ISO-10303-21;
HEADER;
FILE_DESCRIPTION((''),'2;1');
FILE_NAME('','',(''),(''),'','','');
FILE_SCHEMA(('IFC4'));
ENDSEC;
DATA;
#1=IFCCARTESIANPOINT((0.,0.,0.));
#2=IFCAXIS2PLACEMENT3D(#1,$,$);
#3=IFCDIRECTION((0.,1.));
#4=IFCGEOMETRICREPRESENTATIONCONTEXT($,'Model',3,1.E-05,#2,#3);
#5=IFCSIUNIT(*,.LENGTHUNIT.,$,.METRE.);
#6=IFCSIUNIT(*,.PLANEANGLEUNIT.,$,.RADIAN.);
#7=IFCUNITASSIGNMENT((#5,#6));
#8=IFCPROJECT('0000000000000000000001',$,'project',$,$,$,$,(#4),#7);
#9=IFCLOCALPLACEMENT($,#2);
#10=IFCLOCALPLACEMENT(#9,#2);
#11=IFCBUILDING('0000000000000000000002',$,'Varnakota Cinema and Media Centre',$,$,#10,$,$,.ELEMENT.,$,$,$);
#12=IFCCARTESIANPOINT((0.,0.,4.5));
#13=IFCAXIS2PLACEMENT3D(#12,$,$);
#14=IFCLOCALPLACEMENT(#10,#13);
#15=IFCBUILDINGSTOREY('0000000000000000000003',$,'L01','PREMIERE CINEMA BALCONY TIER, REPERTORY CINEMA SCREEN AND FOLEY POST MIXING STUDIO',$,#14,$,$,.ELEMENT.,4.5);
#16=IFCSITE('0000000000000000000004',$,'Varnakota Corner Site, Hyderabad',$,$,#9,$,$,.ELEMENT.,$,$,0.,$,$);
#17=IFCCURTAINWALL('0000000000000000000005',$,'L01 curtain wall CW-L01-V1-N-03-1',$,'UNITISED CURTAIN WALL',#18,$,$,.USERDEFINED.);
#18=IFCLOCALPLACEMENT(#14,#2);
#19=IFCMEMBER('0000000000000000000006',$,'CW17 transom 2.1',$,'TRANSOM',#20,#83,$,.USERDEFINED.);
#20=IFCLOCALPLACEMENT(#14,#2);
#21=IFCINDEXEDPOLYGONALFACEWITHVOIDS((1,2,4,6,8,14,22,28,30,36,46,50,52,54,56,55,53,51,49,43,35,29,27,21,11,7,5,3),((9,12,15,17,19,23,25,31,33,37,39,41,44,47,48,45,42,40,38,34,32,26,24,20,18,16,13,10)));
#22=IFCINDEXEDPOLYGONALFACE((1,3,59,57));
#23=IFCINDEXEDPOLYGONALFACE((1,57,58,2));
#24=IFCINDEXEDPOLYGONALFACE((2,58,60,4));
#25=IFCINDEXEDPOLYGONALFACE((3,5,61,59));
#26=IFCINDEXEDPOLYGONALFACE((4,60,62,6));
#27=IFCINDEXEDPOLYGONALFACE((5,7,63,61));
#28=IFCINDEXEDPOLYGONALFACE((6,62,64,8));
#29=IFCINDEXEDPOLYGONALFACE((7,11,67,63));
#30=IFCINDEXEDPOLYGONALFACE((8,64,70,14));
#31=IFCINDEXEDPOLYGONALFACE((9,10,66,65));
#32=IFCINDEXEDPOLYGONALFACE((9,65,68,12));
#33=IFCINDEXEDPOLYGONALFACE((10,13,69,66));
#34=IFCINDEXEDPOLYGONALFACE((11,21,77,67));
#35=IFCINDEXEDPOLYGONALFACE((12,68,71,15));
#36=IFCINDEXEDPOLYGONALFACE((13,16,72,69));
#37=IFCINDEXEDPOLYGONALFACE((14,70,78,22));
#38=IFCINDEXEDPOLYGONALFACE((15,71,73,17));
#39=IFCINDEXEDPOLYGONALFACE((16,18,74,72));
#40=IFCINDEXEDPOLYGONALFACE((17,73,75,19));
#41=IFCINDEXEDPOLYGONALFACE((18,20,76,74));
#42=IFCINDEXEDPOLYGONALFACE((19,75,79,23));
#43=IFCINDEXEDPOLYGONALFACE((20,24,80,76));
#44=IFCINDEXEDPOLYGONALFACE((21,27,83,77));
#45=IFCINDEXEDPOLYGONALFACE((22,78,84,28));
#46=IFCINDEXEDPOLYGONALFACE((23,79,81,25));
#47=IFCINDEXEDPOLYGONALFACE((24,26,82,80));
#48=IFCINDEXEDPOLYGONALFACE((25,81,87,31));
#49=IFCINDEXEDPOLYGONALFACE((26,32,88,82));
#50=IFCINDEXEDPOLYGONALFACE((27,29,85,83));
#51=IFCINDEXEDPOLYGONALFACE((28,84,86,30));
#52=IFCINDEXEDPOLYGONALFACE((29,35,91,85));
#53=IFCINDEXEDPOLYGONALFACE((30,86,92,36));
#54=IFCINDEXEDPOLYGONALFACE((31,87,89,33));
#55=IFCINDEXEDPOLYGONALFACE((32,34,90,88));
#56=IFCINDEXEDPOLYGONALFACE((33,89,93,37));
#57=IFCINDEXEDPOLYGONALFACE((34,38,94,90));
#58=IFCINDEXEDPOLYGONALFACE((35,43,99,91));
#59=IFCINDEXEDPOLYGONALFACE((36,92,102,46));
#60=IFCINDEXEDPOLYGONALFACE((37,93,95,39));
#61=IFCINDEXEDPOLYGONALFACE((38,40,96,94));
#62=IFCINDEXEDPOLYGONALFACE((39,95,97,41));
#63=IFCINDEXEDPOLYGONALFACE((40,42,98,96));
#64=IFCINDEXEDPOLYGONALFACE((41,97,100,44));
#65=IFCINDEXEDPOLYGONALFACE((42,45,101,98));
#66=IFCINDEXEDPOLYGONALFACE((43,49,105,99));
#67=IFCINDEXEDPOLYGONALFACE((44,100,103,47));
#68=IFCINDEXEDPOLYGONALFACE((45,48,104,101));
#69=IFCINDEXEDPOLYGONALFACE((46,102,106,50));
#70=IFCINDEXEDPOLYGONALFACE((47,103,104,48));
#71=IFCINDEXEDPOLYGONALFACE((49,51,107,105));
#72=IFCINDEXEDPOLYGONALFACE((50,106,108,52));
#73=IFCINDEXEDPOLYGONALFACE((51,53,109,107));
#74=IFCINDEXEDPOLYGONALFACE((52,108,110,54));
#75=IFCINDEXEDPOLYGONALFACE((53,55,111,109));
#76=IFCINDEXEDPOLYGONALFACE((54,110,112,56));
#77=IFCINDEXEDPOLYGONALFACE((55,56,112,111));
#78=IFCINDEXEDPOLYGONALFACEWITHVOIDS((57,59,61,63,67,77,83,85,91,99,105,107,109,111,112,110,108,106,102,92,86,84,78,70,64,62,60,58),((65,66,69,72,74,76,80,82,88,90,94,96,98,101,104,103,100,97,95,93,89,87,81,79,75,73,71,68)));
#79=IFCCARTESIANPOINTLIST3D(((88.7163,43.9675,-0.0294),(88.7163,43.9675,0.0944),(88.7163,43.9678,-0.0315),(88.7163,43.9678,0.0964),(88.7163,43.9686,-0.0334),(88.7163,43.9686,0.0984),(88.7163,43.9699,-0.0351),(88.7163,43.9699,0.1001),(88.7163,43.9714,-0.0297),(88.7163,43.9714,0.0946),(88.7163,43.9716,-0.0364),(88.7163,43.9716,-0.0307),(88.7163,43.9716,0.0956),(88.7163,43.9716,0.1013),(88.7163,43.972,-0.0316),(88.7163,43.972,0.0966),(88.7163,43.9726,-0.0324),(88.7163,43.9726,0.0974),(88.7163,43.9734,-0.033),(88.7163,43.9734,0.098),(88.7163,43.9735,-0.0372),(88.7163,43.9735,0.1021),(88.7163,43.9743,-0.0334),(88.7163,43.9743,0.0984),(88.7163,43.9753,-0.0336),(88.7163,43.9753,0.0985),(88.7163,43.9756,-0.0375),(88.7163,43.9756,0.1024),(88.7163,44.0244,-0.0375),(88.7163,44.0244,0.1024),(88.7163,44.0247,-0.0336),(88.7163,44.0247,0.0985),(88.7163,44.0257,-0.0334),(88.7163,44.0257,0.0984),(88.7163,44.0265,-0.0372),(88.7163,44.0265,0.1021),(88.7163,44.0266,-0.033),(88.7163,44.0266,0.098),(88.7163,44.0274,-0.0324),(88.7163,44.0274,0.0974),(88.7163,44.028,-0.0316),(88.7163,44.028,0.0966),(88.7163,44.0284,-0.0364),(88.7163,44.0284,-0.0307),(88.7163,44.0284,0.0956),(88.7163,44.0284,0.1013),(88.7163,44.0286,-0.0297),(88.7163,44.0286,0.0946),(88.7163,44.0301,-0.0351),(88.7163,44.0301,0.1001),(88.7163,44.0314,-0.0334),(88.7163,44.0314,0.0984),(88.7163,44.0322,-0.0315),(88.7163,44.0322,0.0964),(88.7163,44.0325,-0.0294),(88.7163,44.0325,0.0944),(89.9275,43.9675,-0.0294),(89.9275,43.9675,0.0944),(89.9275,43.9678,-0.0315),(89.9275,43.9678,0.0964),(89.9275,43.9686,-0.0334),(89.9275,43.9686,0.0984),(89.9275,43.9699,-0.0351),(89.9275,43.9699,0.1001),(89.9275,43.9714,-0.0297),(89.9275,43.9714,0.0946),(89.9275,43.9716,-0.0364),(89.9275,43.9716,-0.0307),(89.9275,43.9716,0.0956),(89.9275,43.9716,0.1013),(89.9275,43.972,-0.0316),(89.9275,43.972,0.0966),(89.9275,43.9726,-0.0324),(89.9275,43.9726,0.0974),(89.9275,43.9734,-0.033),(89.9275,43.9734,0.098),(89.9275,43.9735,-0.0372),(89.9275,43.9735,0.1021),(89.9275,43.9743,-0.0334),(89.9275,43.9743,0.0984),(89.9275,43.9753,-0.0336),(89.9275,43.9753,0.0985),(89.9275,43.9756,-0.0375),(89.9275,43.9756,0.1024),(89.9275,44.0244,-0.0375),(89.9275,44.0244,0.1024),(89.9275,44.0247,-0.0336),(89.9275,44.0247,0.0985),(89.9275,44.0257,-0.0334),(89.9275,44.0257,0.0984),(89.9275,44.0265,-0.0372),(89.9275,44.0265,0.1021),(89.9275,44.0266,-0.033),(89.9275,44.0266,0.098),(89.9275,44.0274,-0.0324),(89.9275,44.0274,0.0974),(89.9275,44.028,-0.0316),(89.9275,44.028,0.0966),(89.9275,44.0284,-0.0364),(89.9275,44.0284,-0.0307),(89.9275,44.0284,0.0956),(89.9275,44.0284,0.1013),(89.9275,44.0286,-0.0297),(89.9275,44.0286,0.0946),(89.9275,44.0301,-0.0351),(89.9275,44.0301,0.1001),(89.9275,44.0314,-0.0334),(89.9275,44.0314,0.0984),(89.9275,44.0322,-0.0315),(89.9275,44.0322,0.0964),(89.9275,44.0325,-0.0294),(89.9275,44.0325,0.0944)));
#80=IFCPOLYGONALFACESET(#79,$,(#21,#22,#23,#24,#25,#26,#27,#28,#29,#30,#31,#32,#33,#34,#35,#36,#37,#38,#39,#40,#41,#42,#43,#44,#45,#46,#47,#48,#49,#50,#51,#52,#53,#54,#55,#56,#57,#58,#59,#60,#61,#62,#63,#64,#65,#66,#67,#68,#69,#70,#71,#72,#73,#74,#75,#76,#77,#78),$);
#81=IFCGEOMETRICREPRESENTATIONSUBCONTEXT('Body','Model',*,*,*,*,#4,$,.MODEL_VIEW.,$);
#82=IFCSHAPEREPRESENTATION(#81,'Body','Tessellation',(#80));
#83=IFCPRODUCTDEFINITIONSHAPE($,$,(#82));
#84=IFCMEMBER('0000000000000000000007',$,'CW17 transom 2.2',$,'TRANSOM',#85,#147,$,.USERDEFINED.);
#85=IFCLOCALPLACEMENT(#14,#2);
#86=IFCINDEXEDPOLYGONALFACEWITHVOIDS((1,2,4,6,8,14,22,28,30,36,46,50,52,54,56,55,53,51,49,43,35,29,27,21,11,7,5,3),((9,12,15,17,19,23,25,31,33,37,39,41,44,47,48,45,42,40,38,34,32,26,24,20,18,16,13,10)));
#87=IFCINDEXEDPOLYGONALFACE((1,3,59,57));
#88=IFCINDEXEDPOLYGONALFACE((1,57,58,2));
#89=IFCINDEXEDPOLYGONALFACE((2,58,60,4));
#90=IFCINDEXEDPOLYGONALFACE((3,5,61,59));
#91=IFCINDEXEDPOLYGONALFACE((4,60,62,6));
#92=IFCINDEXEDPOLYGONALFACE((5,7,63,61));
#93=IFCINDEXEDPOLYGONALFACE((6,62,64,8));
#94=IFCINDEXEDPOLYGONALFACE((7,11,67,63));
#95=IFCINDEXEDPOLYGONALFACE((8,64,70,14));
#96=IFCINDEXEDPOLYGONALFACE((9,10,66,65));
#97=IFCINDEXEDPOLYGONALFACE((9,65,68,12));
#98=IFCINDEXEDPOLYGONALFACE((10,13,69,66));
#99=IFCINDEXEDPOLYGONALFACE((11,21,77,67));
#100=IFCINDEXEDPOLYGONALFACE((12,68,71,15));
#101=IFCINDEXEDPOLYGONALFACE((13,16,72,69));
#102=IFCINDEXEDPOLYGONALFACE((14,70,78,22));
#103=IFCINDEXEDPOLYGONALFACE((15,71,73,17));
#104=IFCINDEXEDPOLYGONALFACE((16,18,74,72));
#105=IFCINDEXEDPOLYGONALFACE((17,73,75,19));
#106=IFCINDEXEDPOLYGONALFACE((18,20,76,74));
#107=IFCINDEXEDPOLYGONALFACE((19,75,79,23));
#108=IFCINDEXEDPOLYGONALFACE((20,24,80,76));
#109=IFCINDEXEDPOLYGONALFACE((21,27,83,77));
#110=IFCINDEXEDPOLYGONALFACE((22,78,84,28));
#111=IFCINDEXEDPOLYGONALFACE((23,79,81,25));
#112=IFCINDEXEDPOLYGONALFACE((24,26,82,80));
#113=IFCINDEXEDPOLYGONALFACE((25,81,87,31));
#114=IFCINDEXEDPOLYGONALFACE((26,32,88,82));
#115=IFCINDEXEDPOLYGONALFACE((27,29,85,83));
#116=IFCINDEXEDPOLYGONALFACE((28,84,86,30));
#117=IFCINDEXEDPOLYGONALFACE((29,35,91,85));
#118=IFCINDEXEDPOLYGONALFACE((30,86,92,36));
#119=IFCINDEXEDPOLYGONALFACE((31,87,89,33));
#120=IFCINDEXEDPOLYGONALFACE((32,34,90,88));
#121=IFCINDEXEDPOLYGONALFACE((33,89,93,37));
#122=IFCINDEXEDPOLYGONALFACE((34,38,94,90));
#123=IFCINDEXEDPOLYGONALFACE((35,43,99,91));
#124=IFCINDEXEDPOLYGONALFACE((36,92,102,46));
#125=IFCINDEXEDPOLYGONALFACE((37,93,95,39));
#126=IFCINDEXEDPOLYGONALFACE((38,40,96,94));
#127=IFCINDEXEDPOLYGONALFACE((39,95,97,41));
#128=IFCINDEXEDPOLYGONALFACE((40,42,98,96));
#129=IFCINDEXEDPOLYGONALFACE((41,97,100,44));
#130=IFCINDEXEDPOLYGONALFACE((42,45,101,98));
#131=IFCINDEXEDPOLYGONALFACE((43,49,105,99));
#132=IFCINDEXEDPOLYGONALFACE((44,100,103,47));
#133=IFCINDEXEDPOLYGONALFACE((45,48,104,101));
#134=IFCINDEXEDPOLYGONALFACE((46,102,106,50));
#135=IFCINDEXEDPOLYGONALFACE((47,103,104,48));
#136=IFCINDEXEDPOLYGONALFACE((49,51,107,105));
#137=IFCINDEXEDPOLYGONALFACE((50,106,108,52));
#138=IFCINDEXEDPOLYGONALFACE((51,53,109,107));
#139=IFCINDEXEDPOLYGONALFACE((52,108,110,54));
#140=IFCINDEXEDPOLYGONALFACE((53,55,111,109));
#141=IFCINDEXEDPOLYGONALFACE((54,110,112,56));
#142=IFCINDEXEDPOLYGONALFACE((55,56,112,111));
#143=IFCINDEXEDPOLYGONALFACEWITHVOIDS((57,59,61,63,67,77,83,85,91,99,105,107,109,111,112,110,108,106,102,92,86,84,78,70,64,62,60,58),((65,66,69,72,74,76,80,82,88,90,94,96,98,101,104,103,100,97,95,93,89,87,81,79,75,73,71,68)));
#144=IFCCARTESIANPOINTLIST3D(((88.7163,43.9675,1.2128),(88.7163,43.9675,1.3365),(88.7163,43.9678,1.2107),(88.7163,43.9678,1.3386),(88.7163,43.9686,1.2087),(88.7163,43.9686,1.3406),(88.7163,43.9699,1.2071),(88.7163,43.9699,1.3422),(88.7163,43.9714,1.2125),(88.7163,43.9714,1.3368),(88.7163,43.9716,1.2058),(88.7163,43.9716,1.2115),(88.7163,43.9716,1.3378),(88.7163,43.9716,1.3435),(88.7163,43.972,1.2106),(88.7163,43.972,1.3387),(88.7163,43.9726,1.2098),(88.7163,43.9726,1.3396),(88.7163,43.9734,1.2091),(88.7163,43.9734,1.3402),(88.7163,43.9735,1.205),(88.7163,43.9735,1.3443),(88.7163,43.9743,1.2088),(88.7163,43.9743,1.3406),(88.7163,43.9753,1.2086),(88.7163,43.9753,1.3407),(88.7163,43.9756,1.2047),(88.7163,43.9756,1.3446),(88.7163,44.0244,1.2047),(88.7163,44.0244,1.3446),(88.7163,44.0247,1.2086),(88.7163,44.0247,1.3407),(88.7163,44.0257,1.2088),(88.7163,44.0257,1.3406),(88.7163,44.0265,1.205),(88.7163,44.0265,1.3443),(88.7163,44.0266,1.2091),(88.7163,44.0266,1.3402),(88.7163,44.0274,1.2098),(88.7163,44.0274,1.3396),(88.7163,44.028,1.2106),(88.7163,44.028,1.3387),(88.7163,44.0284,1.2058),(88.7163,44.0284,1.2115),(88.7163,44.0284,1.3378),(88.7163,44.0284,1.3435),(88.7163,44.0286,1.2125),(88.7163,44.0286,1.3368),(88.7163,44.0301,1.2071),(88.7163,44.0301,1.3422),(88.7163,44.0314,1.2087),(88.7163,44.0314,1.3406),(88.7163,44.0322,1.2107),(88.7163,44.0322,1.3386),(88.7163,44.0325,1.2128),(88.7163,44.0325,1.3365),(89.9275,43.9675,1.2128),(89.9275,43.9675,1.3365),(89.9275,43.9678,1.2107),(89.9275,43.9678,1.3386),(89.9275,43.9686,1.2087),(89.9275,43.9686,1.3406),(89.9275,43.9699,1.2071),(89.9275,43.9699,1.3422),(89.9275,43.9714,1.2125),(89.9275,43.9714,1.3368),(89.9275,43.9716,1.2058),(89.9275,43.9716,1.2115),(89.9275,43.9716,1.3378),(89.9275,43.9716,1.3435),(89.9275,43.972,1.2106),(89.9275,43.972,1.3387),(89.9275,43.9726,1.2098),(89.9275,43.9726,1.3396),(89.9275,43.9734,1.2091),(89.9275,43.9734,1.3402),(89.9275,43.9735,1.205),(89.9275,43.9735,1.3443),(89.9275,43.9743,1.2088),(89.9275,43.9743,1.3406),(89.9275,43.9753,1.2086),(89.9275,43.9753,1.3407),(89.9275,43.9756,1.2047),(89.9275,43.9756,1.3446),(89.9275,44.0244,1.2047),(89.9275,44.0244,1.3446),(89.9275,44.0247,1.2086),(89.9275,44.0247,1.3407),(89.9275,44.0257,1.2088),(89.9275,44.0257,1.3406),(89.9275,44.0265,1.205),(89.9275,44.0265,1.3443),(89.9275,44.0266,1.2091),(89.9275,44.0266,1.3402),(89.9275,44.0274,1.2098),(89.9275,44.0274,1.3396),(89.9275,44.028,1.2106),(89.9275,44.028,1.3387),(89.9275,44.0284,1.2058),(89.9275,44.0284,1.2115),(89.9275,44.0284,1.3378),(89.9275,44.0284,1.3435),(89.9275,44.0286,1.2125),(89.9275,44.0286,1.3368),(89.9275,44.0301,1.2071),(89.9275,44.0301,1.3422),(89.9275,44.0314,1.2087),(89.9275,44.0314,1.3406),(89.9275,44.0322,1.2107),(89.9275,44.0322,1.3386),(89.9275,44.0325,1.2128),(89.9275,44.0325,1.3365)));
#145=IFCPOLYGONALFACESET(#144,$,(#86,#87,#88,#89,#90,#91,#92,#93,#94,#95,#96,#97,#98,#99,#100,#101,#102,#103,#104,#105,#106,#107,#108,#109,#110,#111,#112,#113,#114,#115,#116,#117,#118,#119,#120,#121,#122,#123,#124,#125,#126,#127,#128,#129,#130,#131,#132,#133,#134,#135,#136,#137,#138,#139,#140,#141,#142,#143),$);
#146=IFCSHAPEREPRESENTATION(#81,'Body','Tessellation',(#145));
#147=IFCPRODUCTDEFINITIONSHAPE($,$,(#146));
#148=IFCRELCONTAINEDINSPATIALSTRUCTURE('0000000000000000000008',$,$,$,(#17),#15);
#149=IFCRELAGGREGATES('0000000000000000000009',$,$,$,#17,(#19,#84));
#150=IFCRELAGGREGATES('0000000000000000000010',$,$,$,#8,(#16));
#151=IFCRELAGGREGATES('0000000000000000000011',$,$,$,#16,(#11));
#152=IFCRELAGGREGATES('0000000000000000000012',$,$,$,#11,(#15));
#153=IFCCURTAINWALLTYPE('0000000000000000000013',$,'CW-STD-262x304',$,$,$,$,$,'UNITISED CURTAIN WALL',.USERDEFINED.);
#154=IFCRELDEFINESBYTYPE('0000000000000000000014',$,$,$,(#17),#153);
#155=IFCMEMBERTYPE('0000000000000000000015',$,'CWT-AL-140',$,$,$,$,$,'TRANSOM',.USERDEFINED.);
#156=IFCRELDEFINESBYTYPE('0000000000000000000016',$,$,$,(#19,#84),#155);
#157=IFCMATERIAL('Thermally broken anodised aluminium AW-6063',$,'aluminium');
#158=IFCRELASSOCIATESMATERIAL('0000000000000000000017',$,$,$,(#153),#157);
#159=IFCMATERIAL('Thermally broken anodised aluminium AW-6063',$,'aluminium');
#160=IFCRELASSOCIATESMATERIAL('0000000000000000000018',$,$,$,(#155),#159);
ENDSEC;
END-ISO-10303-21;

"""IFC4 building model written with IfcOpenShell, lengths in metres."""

from ifc_helpers import new_model, si_unit, direction, frame, origin, origin_2d, place, context, subcontext, project, spatial, hollow_rectangle, extrude, material, material_profile, profile_set, type_object, element, aggregate, save


model = new_model("IFC4")

# Units and contexts
model_context = context("Model", 3, precision=1e-05, world=origin(), true_north=direction((0.0, 1.0)))
body_context = subcontext(model_context, "Body", "Model", "MODEL_VIEW")
ifc_project = project(units=[si_unit("LENGTHUNIT", "METRE"), si_unit("PLANEANGLEUNIT", "RADIAN")], contexts=[model_context])

# Site, building, storey
site_placement = place(None, origin())
site = spatial("IfcSite", under=ifc_project, at=site_placement, Name="Varnakota Corner Site, Hyderabad", CompositionType="ELEMENT", RefElevation=0.0)
building_placement = place(site_placement, origin())
building = spatial("IfcBuilding", under=site, at=building_placement, Name="Varnakota Cinema and Media Centre", CompositionType="ELEMENT")
storey_placement = place(building_placement, frame((0.0, 0.0, 4.5)))
storey = spatial("IfcBuildingStorey", under=building, at=storey_placement, Name="L01", Description="PREMIERE CINEMA BALCONY TIER, REPERTORY CINEMA SCREEN AND FOLEY POST MIXING STUDIO", CompositionType="ELEMENT", Elevation=4.5)

# Curtain wall
ifc_material_1 = material(Name="Thermally broken anodised aluminium AW-6063", Category="aluminium")
curtain_wall_type = type_object("IfcCurtainWallType", Name="CW-STD-262x304", ElementType="UNITISED CURTAIN WALL", PredefinedType="USERDEFINED", material=ifc_material_1)
curtain_wall_1_placement = place(storey_placement, origin())
curtain_wall_1 = element("IfcCurtainWall", 1, at=curtain_wall_1_placement, inside=storey, type_object=curtain_wall_type, Name="L01 curtain wall CW-L01-V1-N-03-1", ObjectType="UNITISED CURTAIN WALL", PredefinedType="USERDEFINED")

# Members
ifc_material_2 = material(Name="Thermally broken anodised aluminium AW-6063", Category="aluminium")
ifc_material_profile_1 = material_profile(ifc_material_2, hollow_rectangle(XDim=0.0649, YDim=0.1399, WallThickness=0.0039, InnerFilletRadius=0.0039, OuterFilletRadius=0.0081, at=origin_2d()), Name="AL-TRANSOM 140x65x4")
ifc_profile_set_1 = profile_set([ifc_material_profile_1], Name="Thermally broken anodised aluminium AW-6063")
member_type_1 = type_object("IfcMemberType", Name="CWT-AL-140", ElementType="TRANSOM", PredefinedType="USERDEFINED", material=ifc_profile_set_1)
member_1_placement = place(storey_placement, frame((88.7163, 44.0, 0.0325), z_axis=(1.0, 0.0, 0.0), x_axis=(0.0, 1.0, 0.0)))
member_1 = element("IfcMember", 2, at=member_1_placement, type_object=member_type_1, Name="CW17 transom 2.1", ObjectType="TRANSOM", PredefinedType="USERDEFINED", context=body_context, shape_type="SweptSolid", body=[
    extrude(hollow_rectangle(XDim=0.0649, YDim=0.1399, WallThickness=0.0039, InnerFilletRadius=0.0039, OuterFilletRadius=0.0081, at=origin_2d()), origin(), (0.0, 0.0, 1.0), 1.2112),
])
member_2_placement = place(storey_placement, frame((88.7163, 44.0, 1.2747), z_axis=(1.0, 0.0, 0.0), x_axis=(0.0, 1.0, 0.0)))
member_2 = element("IfcMember", 3, at=member_2_placement, type_object=member_type_1, Name="CW17 transom 2.2", ObjectType="TRANSOM", PredefinedType="USERDEFINED", context=body_context, shape_type="SweptSolid", body=[
    extrude(hollow_rectangle(XDim=0.0649, YDim=0.1399, WallThickness=0.0039, InnerFilletRadius=0.0039, OuterFilletRadius=0.0081, at=origin_2d()), origin(), (0.0, 0.0, 1.0), 1.2112),
])

aggregate(curtain_wall_1, [member_1, member_2])

save(model, "model.ifc")
